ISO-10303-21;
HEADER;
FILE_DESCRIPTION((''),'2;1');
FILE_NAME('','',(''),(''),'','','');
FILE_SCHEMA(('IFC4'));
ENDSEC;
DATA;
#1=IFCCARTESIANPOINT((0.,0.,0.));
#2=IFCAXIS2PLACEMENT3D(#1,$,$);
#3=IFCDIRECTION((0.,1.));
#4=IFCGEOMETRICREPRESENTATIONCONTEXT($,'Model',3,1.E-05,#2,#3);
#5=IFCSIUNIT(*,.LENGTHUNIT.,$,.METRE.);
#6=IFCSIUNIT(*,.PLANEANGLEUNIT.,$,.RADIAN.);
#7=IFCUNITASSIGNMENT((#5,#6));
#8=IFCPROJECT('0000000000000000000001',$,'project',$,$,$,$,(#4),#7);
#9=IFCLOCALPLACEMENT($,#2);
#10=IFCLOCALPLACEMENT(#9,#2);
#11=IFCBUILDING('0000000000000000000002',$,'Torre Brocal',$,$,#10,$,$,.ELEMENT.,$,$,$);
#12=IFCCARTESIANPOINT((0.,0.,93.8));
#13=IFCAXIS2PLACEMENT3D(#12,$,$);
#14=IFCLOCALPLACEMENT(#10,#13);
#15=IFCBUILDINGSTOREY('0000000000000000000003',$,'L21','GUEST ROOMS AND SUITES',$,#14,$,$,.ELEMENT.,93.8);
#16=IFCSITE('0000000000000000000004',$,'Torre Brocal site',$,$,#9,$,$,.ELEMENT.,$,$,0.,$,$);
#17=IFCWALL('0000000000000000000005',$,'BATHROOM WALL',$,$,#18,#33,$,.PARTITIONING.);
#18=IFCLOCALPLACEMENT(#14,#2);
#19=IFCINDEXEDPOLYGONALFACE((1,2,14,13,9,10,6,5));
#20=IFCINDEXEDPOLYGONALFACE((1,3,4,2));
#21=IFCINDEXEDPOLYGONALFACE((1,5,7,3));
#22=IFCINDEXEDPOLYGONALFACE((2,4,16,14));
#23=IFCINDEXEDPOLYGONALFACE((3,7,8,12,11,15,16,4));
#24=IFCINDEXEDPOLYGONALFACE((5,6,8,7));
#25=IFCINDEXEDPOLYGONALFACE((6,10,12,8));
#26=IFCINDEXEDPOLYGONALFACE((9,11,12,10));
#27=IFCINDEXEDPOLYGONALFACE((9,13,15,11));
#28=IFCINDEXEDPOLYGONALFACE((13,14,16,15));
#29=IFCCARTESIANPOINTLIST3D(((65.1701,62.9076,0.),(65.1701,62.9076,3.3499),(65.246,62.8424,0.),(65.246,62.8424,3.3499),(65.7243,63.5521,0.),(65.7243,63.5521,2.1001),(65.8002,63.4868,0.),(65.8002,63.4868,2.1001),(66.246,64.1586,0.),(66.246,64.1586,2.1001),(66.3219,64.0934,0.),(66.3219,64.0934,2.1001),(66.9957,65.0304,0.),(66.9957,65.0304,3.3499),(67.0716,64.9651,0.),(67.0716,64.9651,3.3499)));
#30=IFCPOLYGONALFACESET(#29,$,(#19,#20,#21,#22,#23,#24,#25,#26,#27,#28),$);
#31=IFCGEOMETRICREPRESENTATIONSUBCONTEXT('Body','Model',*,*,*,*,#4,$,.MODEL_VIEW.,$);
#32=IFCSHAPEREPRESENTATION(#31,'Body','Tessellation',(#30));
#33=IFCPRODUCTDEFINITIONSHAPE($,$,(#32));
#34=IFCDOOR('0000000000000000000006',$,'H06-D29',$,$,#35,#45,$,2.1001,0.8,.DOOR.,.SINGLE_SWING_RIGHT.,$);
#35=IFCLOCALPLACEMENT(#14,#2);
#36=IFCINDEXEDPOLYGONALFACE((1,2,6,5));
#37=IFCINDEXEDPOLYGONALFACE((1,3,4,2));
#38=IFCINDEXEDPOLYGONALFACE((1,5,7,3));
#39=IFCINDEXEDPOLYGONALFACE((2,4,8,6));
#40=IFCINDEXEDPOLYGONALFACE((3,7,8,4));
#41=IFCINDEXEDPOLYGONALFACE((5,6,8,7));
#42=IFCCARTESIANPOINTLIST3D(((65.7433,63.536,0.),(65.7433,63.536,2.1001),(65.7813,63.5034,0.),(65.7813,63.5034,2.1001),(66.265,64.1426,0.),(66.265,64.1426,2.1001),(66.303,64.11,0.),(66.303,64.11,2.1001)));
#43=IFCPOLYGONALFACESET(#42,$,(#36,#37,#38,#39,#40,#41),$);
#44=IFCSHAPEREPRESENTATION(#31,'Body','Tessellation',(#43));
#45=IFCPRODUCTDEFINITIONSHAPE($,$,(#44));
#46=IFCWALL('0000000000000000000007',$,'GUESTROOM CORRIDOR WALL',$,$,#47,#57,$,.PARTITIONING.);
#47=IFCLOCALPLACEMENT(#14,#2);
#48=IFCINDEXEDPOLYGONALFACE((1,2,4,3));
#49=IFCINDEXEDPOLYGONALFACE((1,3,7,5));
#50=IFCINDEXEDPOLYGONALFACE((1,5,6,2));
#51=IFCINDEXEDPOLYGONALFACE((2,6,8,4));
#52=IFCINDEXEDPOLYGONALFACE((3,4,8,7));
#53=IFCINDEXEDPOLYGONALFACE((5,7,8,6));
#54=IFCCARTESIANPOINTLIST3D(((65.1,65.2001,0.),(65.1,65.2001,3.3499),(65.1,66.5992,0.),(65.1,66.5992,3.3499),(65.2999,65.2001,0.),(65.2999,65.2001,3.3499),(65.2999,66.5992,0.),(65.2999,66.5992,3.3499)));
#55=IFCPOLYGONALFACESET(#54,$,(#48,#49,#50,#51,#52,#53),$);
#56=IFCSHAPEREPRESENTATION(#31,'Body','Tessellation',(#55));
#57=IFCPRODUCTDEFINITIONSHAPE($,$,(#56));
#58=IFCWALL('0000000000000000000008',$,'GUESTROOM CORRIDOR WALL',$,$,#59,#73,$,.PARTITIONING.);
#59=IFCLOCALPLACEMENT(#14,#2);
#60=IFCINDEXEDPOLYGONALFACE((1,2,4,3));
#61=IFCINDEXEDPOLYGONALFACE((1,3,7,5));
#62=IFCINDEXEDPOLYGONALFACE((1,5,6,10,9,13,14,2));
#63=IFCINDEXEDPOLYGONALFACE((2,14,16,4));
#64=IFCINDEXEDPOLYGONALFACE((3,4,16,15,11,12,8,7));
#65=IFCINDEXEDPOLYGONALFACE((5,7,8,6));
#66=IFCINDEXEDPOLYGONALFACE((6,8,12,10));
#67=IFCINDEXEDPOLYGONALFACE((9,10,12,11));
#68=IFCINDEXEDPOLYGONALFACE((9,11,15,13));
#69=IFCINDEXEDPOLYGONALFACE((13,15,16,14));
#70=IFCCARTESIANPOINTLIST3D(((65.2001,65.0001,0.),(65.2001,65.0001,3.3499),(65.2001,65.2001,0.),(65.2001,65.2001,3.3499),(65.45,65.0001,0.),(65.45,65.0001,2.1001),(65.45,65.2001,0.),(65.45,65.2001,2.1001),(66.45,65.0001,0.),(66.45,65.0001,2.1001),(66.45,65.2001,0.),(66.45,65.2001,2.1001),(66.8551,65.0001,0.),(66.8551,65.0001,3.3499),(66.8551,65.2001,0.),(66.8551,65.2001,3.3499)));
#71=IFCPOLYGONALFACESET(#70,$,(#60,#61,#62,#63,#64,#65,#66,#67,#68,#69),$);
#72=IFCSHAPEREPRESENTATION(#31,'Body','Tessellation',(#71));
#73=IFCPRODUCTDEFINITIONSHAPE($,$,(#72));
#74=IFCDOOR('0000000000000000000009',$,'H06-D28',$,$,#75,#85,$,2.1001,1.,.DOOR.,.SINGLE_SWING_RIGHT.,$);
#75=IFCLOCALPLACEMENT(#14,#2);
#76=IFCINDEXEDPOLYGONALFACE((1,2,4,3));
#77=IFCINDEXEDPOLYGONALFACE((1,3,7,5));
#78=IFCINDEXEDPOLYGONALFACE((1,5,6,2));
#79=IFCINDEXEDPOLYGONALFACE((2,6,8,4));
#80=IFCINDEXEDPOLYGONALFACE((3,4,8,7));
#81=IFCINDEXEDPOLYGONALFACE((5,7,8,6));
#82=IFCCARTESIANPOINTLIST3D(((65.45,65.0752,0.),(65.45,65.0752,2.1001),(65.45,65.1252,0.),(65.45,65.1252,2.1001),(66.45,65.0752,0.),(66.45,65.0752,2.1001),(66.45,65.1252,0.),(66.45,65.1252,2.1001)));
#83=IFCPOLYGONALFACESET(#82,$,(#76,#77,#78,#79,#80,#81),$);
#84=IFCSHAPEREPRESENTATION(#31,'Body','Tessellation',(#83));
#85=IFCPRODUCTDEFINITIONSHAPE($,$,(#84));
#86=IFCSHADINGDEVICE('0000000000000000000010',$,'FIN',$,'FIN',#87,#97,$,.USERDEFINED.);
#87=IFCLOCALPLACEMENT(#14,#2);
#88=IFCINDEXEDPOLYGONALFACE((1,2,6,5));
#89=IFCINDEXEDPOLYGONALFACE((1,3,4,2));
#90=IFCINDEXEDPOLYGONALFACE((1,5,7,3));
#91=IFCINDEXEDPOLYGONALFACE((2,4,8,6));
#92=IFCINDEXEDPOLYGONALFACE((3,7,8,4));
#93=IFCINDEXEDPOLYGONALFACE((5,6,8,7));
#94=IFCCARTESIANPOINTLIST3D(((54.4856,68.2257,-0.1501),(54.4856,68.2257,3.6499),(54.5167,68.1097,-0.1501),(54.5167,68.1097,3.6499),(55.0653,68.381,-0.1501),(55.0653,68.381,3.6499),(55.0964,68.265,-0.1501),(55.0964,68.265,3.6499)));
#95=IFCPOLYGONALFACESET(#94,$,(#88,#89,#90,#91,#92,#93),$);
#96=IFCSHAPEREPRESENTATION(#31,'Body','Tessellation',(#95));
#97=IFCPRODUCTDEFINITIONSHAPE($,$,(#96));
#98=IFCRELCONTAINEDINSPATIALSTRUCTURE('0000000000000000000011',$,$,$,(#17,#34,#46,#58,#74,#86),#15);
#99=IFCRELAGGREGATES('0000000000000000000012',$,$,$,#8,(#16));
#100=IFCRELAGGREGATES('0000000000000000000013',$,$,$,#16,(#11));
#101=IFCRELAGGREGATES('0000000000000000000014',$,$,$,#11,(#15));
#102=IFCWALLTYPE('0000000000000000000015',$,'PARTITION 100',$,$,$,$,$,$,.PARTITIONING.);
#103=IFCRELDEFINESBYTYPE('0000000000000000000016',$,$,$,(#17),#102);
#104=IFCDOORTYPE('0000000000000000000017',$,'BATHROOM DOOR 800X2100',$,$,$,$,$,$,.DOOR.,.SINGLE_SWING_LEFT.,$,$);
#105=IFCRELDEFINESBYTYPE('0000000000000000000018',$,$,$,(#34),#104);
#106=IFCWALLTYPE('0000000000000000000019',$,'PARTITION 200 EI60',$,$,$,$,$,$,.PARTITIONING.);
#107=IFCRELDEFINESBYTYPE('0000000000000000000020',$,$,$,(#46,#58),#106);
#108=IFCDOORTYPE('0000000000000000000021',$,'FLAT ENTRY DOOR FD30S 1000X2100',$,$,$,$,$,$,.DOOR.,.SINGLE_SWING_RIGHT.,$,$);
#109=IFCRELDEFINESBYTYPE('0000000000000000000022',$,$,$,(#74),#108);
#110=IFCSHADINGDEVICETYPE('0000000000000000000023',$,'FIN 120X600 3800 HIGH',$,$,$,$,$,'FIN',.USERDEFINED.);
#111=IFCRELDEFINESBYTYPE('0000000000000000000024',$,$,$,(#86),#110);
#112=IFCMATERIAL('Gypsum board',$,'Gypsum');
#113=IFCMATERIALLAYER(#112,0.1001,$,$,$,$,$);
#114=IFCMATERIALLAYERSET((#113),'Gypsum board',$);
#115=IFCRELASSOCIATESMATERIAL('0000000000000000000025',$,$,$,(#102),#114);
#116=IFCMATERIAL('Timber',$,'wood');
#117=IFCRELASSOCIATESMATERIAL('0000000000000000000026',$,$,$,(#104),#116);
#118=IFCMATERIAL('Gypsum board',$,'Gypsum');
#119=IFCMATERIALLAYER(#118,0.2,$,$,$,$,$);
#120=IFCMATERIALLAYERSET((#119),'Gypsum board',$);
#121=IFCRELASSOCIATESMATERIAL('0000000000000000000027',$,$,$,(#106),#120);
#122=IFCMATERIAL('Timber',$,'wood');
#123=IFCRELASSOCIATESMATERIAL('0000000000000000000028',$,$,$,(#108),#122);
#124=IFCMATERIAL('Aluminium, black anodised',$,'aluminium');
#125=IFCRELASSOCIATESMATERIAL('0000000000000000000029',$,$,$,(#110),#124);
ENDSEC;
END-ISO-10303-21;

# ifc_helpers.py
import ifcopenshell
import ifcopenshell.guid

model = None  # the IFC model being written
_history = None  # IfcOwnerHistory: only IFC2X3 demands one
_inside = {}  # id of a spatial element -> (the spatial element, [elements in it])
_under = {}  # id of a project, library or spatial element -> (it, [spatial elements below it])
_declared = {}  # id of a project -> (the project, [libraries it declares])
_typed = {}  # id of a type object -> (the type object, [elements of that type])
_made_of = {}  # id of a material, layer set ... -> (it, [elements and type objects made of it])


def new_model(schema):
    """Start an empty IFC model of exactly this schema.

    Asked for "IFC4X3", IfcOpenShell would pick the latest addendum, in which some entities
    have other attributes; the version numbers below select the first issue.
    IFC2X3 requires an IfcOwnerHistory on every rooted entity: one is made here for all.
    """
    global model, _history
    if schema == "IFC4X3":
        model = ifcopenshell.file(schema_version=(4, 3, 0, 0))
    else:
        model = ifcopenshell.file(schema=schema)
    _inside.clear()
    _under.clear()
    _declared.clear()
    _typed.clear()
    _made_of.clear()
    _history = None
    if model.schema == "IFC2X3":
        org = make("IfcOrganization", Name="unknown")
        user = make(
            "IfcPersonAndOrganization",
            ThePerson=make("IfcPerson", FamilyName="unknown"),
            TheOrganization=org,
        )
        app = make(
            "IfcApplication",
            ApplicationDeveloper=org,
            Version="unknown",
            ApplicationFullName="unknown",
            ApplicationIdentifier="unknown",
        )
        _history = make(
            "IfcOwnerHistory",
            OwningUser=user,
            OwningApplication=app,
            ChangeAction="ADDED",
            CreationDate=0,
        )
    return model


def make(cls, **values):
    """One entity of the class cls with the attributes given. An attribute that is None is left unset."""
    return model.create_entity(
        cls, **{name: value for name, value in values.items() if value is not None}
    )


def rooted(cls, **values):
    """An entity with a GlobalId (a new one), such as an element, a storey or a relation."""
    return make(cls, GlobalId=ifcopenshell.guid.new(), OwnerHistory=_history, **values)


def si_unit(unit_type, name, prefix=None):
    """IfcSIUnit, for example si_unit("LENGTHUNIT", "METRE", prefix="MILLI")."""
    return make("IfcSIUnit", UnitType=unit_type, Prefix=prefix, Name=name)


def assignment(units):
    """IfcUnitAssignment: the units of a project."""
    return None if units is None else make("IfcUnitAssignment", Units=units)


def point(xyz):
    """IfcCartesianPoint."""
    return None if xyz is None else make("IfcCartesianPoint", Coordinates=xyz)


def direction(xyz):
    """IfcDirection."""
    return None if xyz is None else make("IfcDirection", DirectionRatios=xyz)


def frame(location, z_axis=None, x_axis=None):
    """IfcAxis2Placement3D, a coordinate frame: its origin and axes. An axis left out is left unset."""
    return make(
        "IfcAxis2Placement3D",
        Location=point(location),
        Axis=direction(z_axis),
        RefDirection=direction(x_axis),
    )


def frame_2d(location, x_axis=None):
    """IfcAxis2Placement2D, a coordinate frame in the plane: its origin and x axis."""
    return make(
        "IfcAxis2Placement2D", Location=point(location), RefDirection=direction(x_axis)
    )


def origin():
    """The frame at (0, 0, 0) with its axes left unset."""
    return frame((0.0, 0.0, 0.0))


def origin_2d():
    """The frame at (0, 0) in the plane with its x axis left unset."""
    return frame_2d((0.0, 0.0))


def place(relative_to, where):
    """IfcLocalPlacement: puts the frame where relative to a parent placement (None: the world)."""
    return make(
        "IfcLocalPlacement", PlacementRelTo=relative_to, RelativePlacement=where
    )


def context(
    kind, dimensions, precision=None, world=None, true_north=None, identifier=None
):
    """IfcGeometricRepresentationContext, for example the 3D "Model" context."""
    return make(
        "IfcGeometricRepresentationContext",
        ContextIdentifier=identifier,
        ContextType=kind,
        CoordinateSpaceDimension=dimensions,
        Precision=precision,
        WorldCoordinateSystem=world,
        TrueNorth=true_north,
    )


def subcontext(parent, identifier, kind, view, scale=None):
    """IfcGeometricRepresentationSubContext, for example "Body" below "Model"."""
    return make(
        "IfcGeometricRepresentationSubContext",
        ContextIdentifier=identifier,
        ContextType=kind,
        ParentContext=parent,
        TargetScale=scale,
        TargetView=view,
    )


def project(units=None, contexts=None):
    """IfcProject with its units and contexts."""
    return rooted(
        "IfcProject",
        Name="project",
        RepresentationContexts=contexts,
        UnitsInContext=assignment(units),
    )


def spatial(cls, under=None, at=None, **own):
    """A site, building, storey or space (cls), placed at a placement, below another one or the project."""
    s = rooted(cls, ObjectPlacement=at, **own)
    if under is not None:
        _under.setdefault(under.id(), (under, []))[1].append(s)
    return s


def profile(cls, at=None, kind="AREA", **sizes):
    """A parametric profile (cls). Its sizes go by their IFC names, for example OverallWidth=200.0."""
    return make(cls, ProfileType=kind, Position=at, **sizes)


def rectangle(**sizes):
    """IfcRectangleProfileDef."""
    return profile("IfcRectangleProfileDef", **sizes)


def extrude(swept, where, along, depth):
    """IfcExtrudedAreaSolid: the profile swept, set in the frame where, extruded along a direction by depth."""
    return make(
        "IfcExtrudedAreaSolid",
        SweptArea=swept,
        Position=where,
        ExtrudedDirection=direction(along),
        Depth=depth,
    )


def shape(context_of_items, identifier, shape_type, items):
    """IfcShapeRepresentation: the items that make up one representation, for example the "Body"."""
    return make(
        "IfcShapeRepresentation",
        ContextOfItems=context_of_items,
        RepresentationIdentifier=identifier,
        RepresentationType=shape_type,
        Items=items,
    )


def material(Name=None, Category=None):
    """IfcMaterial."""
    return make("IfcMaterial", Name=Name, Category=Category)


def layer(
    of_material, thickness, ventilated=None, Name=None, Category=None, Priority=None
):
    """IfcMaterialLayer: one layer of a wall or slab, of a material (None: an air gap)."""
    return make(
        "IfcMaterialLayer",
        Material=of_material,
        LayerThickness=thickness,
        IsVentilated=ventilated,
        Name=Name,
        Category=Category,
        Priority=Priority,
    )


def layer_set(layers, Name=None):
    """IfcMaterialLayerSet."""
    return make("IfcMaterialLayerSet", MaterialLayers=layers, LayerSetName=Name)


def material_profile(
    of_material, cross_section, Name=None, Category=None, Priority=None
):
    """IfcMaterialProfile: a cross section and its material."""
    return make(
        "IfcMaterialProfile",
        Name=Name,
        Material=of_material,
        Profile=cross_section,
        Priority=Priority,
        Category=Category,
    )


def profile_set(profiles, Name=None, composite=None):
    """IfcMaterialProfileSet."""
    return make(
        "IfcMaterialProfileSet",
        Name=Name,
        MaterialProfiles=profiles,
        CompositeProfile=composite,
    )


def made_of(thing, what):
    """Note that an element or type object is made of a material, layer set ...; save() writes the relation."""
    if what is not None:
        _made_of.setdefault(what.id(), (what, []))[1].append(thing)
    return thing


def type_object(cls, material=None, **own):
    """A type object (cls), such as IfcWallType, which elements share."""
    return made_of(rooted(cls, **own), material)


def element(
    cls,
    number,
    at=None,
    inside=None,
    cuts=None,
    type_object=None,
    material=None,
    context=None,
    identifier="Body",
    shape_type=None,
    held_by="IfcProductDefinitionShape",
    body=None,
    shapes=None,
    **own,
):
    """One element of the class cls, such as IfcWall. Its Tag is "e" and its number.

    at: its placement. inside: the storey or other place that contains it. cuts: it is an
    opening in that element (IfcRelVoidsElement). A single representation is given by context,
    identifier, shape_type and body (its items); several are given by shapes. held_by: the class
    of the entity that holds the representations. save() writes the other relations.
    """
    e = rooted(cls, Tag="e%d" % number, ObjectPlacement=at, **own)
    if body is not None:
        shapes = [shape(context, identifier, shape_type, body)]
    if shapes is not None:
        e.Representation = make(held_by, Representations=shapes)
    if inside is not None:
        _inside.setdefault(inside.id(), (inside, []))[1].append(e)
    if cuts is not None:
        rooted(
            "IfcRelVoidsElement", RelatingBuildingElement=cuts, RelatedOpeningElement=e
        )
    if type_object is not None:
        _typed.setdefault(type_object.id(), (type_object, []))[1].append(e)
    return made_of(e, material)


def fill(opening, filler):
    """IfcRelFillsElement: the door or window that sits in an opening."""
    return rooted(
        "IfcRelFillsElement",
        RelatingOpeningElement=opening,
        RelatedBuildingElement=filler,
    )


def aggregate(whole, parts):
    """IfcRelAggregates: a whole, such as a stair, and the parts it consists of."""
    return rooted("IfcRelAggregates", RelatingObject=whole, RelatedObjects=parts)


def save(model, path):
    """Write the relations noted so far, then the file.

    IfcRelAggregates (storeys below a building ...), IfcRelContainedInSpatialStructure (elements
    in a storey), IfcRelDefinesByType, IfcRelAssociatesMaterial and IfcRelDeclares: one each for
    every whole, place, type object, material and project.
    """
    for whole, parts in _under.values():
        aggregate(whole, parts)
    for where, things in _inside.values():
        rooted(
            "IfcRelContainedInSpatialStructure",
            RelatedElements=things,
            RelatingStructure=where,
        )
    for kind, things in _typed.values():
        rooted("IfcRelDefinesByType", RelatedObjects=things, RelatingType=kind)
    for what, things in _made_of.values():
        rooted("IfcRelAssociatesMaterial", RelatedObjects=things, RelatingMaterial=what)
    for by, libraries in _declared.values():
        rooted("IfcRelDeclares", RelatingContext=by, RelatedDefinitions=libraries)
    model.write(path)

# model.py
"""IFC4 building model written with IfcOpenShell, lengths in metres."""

from ifc_helpers import new_model, si_unit, direction, frame, frame_2d, origin, origin_2d, place, context, subcontext, project, spatial, rectangle, extrude, material, layer, layer_set, material_profile, profile_set, type_object, element, fill, save


model = new_model("IFC4")

# Units and contexts
model_context = context("Model", 3, precision=1e-05, world=origin(), true_north=direction((0.0, 1.0)))
body_context = subcontext(model_context, "Body", "Model", "MODEL_VIEW")
ifc_project = project(units=[si_unit("LENGTHUNIT", "METRE"), si_unit("PLANEANGLEUNIT", "RADIAN")], contexts=[model_context])

# Site, building, storey
site_placement = place(None, origin())
site = spatial("IfcSite", under=ifc_project, at=site_placement, Name="Torre Brocal site", CompositionType="ELEMENT", RefElevation=0.0)
building_placement = place(site_placement, origin())
building = spatial("IfcBuilding", under=site, at=building_placement, Name="Torre Brocal", CompositionType="ELEMENT")
storey_placement = place(building_placement, frame((0.0, 0.0, 93.8)))
storey = spatial("IfcBuildingStorey", under=building, at=storey_placement, Name="L21", Description="GUEST ROOMS AND SUITES", CompositionType="ELEMENT", Elevation=93.8)

# Shared definitions
ifc_material_1 = material(Name="Gypsum board", Category="Gypsum")
ifc_layer_1 = layer(ifc_material_1, 0.1001)
ifc_layer_set_1 = layer_set([ifc_layer_1], Name="Gypsum board")
wall_type_1 = type_object("IfcWallType", Name="PARTITION 100", PredefinedType="PARTITIONING", material=ifc_layer_set_1)

# Wall, opening, door
wall_1_placement = place(storey_placement, frame((65.208, 62.875, 0.0), z_axis=(0.0, 0.0, 1.0), x_axis=(0.652054, 0.758172, 0.0)))
wall_1 = element("IfcWall", 1, at=wall_1_placement, inside=storey, type_object=wall_type_1, Name="BATHROOM WALL", PredefinedType="PARTITIONING", context=body_context, shape_type="SweptSolid", body=[
    extrude(rectangle(XDim=2.7998, YDim=0.1001, at=frame_2d((1.3999, 0.0))), origin(), (0.0, 0.0, 1.0), 3.3499),
])
opening_1_placement = place(wall_1_placement, frame((0.8501, 0.0, 0.0)))
opening_1 = element("IfcOpeningElement", 2, at=opening_1_placement, cuts=wall_1, PredefinedType="OPENING", context=body_context, shape_type="SweptSolid", body=[
    extrude(rectangle(XDim=0.8, YDim=2.1001, at=frame_2d((0.3999, 1.05))), frame((0.0, 0.0601, 0.0), z_axis=(0.0, -1.0, 0.0), x_axis=(1.0, 0.0, 0.0)), (0.0, 0.0, 1.0), 0.1201),
])
ifc_material_2 = material(Name="Timber", Category="wood")
door_type_1 = type_object("IfcDoorType", Name="BATHROOM DOOR 800X2100", OperationType="SINGLE_SWING_LEFT", PredefinedType="DOOR", material=ifc_material_2)
door_1_placement = place(opening_1_placement, frame((0.8, 0.0, 0.0), z_axis=(0.0, 0.0, 1.0), x_axis=(-1.0, 0.0, 0.0)))
door_1 = element("IfcDoor", 3, at=door_1_placement, inside=storey, type_object=door_type_1, Name="H06-D29", OperationType="SINGLE_SWING_RIGHT", OverallHeight=2.1001, OverallWidth=0.8, PredefinedType="DOOR", context=body_context, shape_type="SweptSolid", body=[
    extrude(rectangle(XDim=0.8, YDim=2.1001, at=frame_2d((0.3999, 1.05))), frame((0.0, 0.0249, 0.0), z_axis=(0.0, -1.0, 0.0), x_axis=(1.0, 0.0, 0.0)), (0.0, 0.0, 1.0), 0.05),
])
fill(opening_1, door_1)

# Wall
ifc_material_3 = material(Name="Gypsum board", Category="Gypsum")
ifc_layer_2 = layer(ifc_material_3, 0.2)
ifc_layer_set_2 = layer_set([ifc_layer_2], Name="Gypsum board")
wall_type_2 = type_object("IfcWallType", Name="PARTITION 200 EI60", PredefinedType="PARTITIONING", material=ifc_layer_set_2)
wall_2_placement = place(storey_placement, frame((65.2, 65.2, 0.0), z_axis=(0.0, 0.0, 1.0), x_axis=(0.0, 1.0, 0.0)))
element("IfcWall", 4, at=wall_2_placement, inside=storey, type_object=wall_type_2, Name="GUESTROOM CORRIDOR WALL", PredefinedType="PARTITIONING", context=body_context, shape_type="SweptSolid", body=[
    extrude(rectangle(XDim=1.3992, YDim=0.2, at=frame_2d((0.6997, 0.0))), origin(), (0.0, 0.0, 1.0), 3.3499),
])

# Wall, opening, door
wall_3_placement = place(storey_placement, frame((65.2, 65.1001, 0.0), z_axis=(0.0, 0.0, 1.0), x_axis=(1.0, 0.0, 0.0)))
wall_3 = element("IfcWall", 5, at=wall_3_placement, inside=storey, type_object=wall_type_2, Name="GUESTROOM CORRIDOR WALL", PredefinedType="PARTITIONING", context=body_context, shape_type="SweptSolid", body=[
    extrude(rectangle(XDim=1.655, YDim=0.2, at=frame_2d((0.8276, 0.0))), origin(), (0.0, 0.0, 1.0), 3.3499),
])
opening_2_placement = place(wall_3_placement, frame((0.25, 0.0, 0.0)))
opening_2 = element("IfcOpeningElement", 6, at=opening_2_placement, cuts=wall_3, PredefinedType="OPENING", context=body_context, shape_type="SweptSolid", body=[
    extrude(rectangle(XDim=1.0, YDim=2.1001, at=frame_2d((0.5, 1.05))), frame((0.0, 0.1099, 0.0), z_axis=(0.0, -1.0, 0.0), x_axis=(1.0, 0.0, 0.0)), (0.0, 0.0, 1.0), 0.22),
])
ifc_material_4 = material(Name="Timber", Category="wood")
door_type_2 = type_object("IfcDoorType", Name="FLAT ENTRY DOOR FD30S 1000X2100", OperationType="SINGLE_SWING_RIGHT", PredefinedType="DOOR", material=ifc_material_4)
door_2_placement = place(opening_2_placement, frame((1.0, 0.0, 0.0), z_axis=(0.0, 0.0, 1.0), x_axis=(-1.0, 0.0, 0.0)))
door_2 = element("IfcDoor", 7, at=door_2_placement, inside=storey, type_object=door_type_2, Name="H06-D28", OperationType="SINGLE_SWING_RIGHT", OverallHeight=2.1001, OverallWidth=1.0, PredefinedType="DOOR", context=body_context, shape_type="SweptSolid", body=[
    extrude(rectangle(XDim=1.0, YDim=2.1001, at=frame_2d((0.5, 1.05))), frame((0.0, 0.0249, 0.0), z_axis=(0.0, -1.0, 0.0), x_axis=(1.0, 0.0, 0.0)), (0.0, 0.0, 1.0), 0.05),
])
fill(opening_2, door_2)

# Shading device
ifc_material_5 = material(Name="Aluminium, black anodised", Category="aluminium")
ifc_material_profile_1 = material_profile(ifc_material_5, rectangle(XDim=0.1201, YDim=0.6001, at=origin_2d()), Name="FIN 120X600 3800 HIGH")
ifc_profile_set_1 = profile_set([ifc_material_profile_1], Name="Aluminium, black anodised")
shading_device_type = type_object("IfcShadingDeviceType", Name="FIN 120X600 3800 HIGH", ElementType="FIN", PredefinedType="USERDEFINED", material=ifc_profile_set_1)
shading_device_placement = place(storey_placement, frame((54.791, 68.2454, -0.1501), z_axis=(0.0, 0.0, 1.0), x_axis=(0.258819, -0.965926, 0.0)))
element("IfcShadingDevice", 8, at=shading_device_placement, inside=storey, type_object=shading_device_type, Name="FIN", ObjectType="FIN", PredefinedType="USERDEFINED", context=body_context, shape_type="SweptSolid", body=[
    extrude(rectangle(XDim=0.1201, YDim=0.6001, at=origin_2d()), origin(), (0.0, 0.0, 1.0), 3.8),
])

save(model, "model.ifc")
